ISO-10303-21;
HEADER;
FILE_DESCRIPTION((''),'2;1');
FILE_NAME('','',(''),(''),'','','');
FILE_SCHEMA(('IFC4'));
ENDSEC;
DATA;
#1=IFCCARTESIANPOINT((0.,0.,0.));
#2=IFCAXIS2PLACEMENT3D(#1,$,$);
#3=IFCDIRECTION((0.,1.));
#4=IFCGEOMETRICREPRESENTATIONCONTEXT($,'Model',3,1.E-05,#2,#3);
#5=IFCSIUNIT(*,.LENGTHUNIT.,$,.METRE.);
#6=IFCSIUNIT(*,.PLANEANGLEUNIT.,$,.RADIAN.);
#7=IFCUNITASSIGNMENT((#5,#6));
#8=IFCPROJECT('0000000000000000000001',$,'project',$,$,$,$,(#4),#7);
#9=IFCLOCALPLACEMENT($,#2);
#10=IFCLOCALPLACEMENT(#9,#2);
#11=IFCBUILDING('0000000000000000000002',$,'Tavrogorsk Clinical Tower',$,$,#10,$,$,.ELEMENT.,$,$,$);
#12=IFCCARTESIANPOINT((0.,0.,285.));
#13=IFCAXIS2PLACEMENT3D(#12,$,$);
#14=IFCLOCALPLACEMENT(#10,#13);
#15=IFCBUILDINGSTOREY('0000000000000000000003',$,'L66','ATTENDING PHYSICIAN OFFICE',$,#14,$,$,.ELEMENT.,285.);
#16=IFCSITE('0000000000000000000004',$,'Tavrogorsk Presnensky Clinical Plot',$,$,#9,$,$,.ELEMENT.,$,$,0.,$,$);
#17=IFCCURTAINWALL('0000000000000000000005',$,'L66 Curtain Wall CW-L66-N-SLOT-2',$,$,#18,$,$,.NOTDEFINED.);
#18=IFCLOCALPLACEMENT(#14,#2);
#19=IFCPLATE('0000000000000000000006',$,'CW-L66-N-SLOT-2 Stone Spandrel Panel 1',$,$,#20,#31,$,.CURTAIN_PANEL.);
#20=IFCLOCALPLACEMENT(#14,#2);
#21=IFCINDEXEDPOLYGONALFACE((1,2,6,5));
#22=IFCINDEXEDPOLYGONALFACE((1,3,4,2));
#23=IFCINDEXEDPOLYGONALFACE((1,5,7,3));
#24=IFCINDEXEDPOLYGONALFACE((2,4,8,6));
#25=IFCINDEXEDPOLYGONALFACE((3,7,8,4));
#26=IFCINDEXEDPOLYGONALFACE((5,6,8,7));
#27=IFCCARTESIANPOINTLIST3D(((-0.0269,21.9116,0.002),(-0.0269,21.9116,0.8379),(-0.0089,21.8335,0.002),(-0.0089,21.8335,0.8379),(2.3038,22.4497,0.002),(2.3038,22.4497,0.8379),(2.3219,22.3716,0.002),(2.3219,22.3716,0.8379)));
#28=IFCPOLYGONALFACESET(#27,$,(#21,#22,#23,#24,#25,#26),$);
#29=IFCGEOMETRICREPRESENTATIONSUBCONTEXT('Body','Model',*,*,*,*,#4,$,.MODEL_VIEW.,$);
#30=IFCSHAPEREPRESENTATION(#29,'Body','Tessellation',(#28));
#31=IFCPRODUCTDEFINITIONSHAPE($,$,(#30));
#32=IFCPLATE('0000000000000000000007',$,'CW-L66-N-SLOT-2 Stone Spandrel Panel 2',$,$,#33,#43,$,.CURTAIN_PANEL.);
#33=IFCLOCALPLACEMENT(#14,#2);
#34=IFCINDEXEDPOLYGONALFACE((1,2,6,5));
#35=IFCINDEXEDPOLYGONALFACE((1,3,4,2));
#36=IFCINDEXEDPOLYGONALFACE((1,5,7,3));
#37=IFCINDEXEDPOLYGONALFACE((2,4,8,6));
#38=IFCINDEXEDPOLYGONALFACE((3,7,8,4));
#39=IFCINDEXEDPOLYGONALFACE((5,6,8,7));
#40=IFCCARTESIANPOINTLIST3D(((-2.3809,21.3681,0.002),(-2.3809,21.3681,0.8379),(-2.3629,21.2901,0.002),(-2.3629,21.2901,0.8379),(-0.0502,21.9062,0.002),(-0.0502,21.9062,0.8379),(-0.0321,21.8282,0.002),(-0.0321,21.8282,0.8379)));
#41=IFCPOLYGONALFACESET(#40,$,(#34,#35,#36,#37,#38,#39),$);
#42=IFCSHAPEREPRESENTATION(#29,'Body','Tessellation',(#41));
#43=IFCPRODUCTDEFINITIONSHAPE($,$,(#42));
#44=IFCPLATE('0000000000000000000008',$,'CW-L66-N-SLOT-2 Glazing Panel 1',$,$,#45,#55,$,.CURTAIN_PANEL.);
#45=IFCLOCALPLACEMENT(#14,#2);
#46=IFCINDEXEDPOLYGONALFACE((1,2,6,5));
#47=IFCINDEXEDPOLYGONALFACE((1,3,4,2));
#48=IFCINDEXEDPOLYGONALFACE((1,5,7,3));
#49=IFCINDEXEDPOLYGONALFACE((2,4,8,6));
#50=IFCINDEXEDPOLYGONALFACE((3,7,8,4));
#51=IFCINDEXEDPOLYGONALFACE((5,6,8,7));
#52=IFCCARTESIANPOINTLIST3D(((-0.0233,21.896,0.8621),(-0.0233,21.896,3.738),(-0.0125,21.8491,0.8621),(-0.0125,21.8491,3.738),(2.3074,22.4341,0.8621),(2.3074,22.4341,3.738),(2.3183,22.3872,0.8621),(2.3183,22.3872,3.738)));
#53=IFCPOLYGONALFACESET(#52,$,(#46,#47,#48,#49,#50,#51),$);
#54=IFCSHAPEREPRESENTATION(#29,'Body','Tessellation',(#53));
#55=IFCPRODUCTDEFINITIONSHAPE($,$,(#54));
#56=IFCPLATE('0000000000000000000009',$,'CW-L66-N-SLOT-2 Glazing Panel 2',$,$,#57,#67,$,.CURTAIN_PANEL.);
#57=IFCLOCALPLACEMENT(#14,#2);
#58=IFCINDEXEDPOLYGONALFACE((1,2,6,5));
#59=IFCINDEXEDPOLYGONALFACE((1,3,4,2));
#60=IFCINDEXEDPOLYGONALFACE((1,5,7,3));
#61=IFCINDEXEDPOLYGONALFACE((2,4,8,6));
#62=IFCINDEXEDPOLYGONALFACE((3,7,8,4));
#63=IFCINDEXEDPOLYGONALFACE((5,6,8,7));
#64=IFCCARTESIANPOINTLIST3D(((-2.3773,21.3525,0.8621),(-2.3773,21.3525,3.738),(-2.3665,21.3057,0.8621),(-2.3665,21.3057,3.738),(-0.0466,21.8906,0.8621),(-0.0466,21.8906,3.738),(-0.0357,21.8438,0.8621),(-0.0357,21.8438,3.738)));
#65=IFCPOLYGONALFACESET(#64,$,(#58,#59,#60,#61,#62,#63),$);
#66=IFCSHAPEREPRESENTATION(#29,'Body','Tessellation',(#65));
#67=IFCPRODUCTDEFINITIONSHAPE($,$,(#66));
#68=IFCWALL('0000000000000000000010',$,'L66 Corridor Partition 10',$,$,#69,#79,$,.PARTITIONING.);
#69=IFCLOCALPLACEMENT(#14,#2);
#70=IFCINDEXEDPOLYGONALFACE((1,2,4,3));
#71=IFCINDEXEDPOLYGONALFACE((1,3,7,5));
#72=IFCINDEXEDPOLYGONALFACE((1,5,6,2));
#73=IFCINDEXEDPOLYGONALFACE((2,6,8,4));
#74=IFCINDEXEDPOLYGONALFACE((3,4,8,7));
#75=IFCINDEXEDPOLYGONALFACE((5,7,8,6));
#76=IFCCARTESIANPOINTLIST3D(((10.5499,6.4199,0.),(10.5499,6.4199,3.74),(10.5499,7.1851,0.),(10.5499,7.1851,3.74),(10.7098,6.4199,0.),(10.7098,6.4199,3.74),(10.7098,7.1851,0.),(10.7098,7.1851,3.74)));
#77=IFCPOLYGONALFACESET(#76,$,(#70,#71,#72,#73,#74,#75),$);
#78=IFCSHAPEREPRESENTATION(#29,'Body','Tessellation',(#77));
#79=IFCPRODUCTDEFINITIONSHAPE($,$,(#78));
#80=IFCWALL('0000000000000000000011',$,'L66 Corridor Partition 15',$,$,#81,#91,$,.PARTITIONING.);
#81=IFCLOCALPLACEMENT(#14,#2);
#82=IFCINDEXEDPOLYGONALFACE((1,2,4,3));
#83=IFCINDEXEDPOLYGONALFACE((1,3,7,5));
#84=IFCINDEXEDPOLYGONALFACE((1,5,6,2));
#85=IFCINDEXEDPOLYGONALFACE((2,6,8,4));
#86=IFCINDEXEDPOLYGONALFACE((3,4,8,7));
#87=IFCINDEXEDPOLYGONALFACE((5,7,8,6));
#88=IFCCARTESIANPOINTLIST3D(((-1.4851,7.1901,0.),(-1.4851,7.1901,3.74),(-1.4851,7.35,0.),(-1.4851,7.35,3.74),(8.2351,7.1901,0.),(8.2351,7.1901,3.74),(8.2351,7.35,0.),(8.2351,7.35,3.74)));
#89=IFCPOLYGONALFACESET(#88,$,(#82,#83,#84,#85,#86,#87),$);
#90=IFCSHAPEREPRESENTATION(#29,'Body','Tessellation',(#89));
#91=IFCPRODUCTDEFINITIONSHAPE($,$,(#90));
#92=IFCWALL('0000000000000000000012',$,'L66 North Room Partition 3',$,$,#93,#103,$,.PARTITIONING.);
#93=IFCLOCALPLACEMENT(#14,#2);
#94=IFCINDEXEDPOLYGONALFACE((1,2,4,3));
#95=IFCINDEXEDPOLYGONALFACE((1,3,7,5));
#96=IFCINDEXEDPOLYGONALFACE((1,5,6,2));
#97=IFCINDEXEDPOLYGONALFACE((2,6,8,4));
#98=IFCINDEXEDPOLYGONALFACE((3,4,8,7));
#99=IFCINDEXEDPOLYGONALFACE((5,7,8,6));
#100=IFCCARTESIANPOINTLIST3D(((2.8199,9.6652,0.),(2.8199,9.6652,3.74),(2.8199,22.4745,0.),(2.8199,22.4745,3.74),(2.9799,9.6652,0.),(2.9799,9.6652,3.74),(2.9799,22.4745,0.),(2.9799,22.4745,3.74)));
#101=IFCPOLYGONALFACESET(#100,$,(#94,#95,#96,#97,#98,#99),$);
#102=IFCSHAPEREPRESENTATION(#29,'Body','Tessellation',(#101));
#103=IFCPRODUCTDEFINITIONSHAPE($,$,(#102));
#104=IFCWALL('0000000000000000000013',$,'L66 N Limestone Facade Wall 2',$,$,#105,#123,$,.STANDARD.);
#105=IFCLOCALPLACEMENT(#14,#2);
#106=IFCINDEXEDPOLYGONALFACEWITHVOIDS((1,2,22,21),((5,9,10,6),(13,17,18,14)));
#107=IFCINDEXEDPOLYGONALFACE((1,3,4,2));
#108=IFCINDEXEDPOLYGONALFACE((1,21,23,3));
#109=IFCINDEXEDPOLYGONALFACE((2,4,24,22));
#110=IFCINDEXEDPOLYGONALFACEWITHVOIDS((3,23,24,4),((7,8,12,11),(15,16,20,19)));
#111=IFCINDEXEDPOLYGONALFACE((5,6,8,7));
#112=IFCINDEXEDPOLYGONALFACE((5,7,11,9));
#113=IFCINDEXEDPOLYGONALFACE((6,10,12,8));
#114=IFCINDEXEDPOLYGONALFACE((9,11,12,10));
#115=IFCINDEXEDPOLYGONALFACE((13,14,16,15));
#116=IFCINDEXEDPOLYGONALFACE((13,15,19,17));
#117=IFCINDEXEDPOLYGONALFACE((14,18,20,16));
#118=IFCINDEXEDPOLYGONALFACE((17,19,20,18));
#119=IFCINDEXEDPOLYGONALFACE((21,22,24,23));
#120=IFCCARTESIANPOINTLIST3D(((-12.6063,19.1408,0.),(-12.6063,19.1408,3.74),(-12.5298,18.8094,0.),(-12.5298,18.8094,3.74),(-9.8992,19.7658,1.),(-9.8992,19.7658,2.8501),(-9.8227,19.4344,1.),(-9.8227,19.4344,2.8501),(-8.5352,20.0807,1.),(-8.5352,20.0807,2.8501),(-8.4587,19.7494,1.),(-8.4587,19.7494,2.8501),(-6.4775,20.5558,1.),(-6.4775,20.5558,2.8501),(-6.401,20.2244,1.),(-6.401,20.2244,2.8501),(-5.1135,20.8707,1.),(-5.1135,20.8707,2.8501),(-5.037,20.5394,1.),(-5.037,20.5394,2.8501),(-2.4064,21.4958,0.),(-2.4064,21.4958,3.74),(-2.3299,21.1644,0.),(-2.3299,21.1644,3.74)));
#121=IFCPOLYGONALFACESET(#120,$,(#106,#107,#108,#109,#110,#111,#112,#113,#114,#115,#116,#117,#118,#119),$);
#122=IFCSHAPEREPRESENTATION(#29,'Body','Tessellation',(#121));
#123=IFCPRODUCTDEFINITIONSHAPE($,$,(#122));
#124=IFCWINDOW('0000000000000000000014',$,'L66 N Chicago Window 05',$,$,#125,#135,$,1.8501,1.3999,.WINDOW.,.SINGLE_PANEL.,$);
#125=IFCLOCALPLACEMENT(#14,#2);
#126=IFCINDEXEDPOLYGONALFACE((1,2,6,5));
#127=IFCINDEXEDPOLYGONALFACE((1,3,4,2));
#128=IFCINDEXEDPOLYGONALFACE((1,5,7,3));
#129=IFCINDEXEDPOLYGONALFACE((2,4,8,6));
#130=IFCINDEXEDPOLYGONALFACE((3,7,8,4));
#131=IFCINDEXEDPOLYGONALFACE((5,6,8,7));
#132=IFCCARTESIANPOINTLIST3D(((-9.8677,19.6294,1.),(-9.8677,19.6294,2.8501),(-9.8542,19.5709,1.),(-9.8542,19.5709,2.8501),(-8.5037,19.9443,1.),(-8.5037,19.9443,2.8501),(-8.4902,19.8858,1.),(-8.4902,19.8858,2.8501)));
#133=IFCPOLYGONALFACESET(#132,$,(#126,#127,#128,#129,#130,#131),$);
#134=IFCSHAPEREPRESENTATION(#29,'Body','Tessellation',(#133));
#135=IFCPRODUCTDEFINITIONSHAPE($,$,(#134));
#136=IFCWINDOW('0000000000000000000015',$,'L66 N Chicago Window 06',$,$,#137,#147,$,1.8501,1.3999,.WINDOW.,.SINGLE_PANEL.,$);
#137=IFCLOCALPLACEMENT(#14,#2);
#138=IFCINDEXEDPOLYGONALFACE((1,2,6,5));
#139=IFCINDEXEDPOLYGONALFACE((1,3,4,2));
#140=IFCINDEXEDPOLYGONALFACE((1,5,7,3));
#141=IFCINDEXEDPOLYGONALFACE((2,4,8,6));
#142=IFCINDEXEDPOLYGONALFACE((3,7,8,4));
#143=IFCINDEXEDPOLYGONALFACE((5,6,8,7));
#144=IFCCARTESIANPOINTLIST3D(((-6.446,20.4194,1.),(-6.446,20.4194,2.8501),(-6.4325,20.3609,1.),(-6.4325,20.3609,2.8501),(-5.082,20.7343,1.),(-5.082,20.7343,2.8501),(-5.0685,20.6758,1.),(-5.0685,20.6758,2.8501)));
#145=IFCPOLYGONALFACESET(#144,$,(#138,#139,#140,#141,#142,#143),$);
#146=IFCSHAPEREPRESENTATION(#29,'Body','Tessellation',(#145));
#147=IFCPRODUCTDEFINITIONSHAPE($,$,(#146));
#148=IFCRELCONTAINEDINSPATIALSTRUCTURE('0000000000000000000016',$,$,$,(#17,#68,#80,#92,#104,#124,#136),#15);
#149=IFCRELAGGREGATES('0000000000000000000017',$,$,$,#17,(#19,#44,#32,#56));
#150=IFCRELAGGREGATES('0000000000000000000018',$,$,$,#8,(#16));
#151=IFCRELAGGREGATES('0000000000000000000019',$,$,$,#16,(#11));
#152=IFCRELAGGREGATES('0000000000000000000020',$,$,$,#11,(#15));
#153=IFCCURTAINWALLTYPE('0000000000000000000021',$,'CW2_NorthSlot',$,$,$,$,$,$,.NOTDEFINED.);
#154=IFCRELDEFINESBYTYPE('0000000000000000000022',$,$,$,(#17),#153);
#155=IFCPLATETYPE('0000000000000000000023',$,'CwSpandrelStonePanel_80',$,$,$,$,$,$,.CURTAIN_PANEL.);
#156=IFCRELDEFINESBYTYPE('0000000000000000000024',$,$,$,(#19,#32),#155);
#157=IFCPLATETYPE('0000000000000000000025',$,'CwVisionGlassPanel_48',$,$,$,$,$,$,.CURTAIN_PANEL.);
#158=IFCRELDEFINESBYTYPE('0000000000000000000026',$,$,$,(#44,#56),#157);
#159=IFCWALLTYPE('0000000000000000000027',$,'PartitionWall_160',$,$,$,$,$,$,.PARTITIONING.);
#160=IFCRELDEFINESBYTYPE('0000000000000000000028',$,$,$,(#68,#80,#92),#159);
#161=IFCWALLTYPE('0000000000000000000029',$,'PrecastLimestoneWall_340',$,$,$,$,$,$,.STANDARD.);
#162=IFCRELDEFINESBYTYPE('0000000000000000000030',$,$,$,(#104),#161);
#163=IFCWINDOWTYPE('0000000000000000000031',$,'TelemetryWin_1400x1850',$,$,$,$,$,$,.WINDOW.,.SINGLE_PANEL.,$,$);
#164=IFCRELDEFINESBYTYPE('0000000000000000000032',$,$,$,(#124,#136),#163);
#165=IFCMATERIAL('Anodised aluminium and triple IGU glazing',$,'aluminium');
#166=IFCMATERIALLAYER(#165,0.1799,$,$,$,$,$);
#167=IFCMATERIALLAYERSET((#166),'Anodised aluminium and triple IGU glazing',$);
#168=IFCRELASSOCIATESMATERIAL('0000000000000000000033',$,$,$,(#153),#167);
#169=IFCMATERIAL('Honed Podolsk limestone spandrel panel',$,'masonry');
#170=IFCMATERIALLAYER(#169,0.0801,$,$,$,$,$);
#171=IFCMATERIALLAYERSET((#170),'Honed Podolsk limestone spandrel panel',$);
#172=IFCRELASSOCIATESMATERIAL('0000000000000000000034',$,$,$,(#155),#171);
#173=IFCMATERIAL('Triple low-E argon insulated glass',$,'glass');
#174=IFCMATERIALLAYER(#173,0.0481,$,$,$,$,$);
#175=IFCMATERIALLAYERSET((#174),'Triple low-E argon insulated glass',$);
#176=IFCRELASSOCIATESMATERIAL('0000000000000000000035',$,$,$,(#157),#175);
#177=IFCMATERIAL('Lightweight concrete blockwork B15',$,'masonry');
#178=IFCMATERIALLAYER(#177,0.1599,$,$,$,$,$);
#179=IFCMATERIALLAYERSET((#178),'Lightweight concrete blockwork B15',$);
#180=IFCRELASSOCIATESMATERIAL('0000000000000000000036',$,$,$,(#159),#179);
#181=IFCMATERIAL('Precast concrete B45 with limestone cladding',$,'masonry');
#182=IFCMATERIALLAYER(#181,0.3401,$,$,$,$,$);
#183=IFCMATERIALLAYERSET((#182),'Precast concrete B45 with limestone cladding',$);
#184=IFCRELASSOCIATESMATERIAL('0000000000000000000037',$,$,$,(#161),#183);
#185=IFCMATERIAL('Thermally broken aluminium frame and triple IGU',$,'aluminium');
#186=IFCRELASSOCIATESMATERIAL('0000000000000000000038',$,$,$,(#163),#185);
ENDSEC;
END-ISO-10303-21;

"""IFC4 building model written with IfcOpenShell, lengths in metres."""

from ifc_helpers import new_model, si_unit, direction, frame, frame_2d, origin, origin_2d, place, context, subcontext, project, spatial, rectangle, extrude, material, layer, layer_set, type_object, element, fill, aggregate, save


model = new_model("IFC4")

# Units and contexts
model_context = context("Model", 3, precision=1e-05, world=origin(), true_north=direction((0.0, 1.0)))
body_context = subcontext(model_context, "Body", "Model", "MODEL_VIEW")
ifc_project = project(units=[si_unit("LENGTHUNIT", "METRE"), si_unit("PLANEANGLEUNIT", "RADIAN")], contexts=[model_context])

# Site, building, storey
site_placement = place(None, origin())
site = spatial("IfcSite", under=ifc_project, at=site_placement, Name="Tavrogorsk Presnensky Clinical Plot", CompositionType="ELEMENT", RefElevation=0.0)
building_placement = place(site_placement, origin())
building = spatial("IfcBuilding", under=site, at=building_placement, Name="Tavrogorsk Clinical Tower", CompositionType="ELEMENT")
storey_placement = place(building_placement, frame((0.0, 0.0, 285.0)))
storey = spatial("IfcBuildingStorey", under=building, at=storey_placement, Name="L66", Description="ATTENDING PHYSICIAN OFFICE", CompositionType="ELEMENT", Elevation=285.0)

# Curtain wall
ifc_material_1 = material(Name="Anodised aluminium and triple IGU glazing", Category="aluminium")
ifc_layer_1 = layer(ifc_material_1, 0.1799)
ifc_layer_set_1 = layer_set([ifc_layer_1], Name="Anodised aluminium and triple IGU glazing")
curtain_wall_type = type_object("IfcCurtainWallType", Name="CW2_NorthSlot", PredefinedType="NOTDEFINED", material=ifc_layer_set_1)
curtain_wall_placement = place(storey_placement, origin())
curtain_wall = element("IfcCurtainWall", 1, at=curtain_wall_placement, inside=storey, type_object=curtain_wall_type, Name="L66 Curtain Wall CW-L66-N-SLOT-2", PredefinedType="NOTDEFINED")

# Plates
ifc_material_2 = material(Name="Honed Podolsk limestone spandrel panel", Category="masonry")
ifc_layer_2 = layer(ifc_material_2, 0.0801)
ifc_layer_set_2 = layer_set([ifc_layer_2], Name="Honed Podolsk limestone spandrel panel")
plate_type_1 = type_object("IfcPlateType", Name="CwSpandrelStonePanel_80", PredefinedType="CURTAIN_PANEL", material=ifc_layer_set_2)
plate_1_placement = place(storey_placement, frame((1.1475, 22.1416, 0.002), z_axis=(0.0, 0.0, 1.0), x_axis=(-0.97437, -0.224951, 0.0)))
plate_1 = element("IfcPlate", 2, at=plate_1_placement, type_object=plate_type_1, Name="CW-L66-N-SLOT-2 Stone Spandrel Panel 1", PredefinedType="CURTAIN_PANEL", context=body_context, shape_type="SweptSolid", body=[
    extrude(rectangle(XDim=2.3921, YDim=0.0801, at=origin_2d()), origin(), (0.0, 0.0, 1.0), 0.8359),
])
plate_2_placement = place(storey_placement, frame((-1.2065, 21.5981, 0.002), z_axis=(0.0, 0.0, 1.0), x_axis=(-0.97437, -0.224951, 0.0)))
plate_2 = element("IfcPlate", 3, at=plate_2_placement, type_object=plate_type_1, Name="CW-L66-N-SLOT-2 Stone Spandrel Panel 2", PredefinedType="CURTAIN_PANEL", context=body_context, shape_type="SweptSolid", body=[
    extrude(rectangle(XDim=2.3921, YDim=0.0801, at=origin_2d()), origin(), (0.0, 0.0, 1.0), 0.8359),
])
ifc_material_3 = material(Name="Triple low-E argon insulated glass", Category="glass")
ifc_layer_3 = layer(ifc_material_3, 0.0481)
ifc_layer_set_3 = layer_set([ifc_layer_3], Name="Triple low-E argon insulated glass")
plate_type_2 = type_object("IfcPlateType", Name="CwVisionGlassPanel_48", PredefinedType="CURTAIN_PANEL", material=ifc_layer_set_3)
plate_3_placement = place(storey_placement, frame((1.1475, 22.1416, 0.8621), z_axis=(0.0, 0.0, 1.0), x_axis=(-0.97437, -0.224951, 0.0)))
plate_3 = element("IfcPlate", 4, at=plate_3_placement, type_object=plate_type_2, Name="CW-L66-N-SLOT-2 Glazing Panel 1", PredefinedType="CURTAIN_PANEL", context=body_context, shape_type="SweptSolid", body=[
    extrude(rectangle(XDim=2.3921, YDim=0.0481, at=origin_2d()), origin(), (0.0, 0.0, 1.0), 2.876),
])
plate_4_placement = place(storey_placement, frame((-1.2065, 21.5981, 0.8621), z_axis=(0.0, 0.0, 1.0), x_axis=(-0.97437, -0.224951, 0.0)))
plate_4 = element("IfcPlate", 5, at=plate_4_placement, type_object=plate_type_2, Name="CW-L66-N-SLOT-2 Glazing Panel 2", PredefinedType="CURTAIN_PANEL", context=body_context, shape_type="SweptSolid", body=[
    extrude(rectangle(XDim=2.3921, YDim=0.0481, at=origin_2d()), origin(), (0.0, 0.0, 1.0), 2.876),
])
aggregate(curtain_wall, [plate_1, plate_3, plate_2, plate_4])

# Walls
ifc_material_4 = material(Name="Lightweight concrete blockwork B15", Category="masonry")
ifc_layer_4 = layer(ifc_material_4, 0.1599)
ifc_layer_set_4 = layer_set([ifc_layer_4], Name="Lightweight concrete blockwork B15")
wall_type_1 = type_object("IfcWallType", Name="PartitionWall_160", PredefinedType="PARTITIONING", material=ifc_layer_set_4)
wall_1_placement = place(storey_placement, frame((10.6299, 7.1851, 0.0), z_axis=(0.0, 0.0, 1.0), x_axis=(0.0, -1.0, 0.0)))
element("IfcWall", 6, at=wall_1_placement, inside=storey, type_object=wall_type_1, Name="L66 Corridor Partition 10", PredefinedType="PARTITIONING", context=body_context, shape_type="SweptSolid", body=[
    extrude(rectangle(XDim=0.7651, YDim=0.1599, at=frame_2d((0.3826, 0.0))), origin(), (0.0, 0.0, 1.0), 3.74),
])
wall_2_placement = place(storey_placement, frame((8.2351, 7.27, 0.0), z_axis=(0.0, 0.0, 1.0), x_axis=(-1.0, 0.0, 0.0)))
element("IfcWall", 7, at=wall_2_placement, inside=storey, type_object=wall_type_1, Name="L66 Corridor Partition 15", PredefinedType="PARTITIONING", context=body_context, shape_type="SweptSolid", body=[
    extrude(rectangle(XDim=9.7202, YDim=0.1599, at=frame_2d((4.8601, 0.0))), origin(), (0.0, 0.0, 1.0), 3.74),
])
wall_3_placement = place(storey_placement, frame((2.8999, 9.665, 0.0), z_axis=(0.0, 0.0, 1.0), x_axis=(0.0, 1.0, 0.0)))
element("IfcWall", 8, at=wall_3_placement, inside=storey, type_object=wall_type_1, Name="L66 North Room Partition 3", PredefinedType="PARTITIONING", context=body_context, shape_type="SweptSolid", body=[
    extrude(rectangle(XDim=12.8093, YDim=0.1599, at=frame_2d((6.4048, 0.0))), origin(), (0.0, 0.0, 1.0), 3.74),
])

# Wall, openings, windows
ifc_material_5 = material(Name="Precast concrete B45 with limestone cladding", Category="masonry")
ifc_layer_5 = layer(ifc_material_5, 0.3401)
ifc_layer_set_5 = layer_set([ifc_layer_5], Name="Precast concrete B45 with limestone cladding")
wall_type_2 = type_object("IfcWallType", Name="PrecastLimestoneWall_340", PredefinedType="STANDARD", material=ifc_layer_set_5)
wall_4_placement = place(storey_placement, frame((-2.3682, 21.3301, 0.0), z_axis=(0.0, 0.0, 1.0), x_axis=(-0.974367, -0.224963, 0.0)))
wall_4 = element("IfcWall", 9, at=wall_4_placement, inside=storey, type_object=wall_type_2, Name="L66 N Limestone Facade Wall 2", PredefinedType="STANDARD", context=body_context, shape_type="SweptSolid", body=[
    extrude(rectangle(XDim=10.4683, YDim=0.3401, at=frame_2d((5.2341, 0.0))), origin(), (0.0, 0.0, 1.0), 3.74),
])
opening_1_placement = place(wall_4_placement, frame((6.29, 0.0, 1.0)))
opening_1 = element("IfcOpeningElement", 10, at=opening_1_placement, cuts=wall_4, PredefinedType="OPENING", context=body_context, shape_type="SweptSolid", body=[
    extrude(rectangle(XDim=1.3999, YDim=1.8501, at=frame_2d((0.7, 0.925))), frame((0.0, 0.1799, 0.0), z_axis=(0.0, -1.0, 0.0), x_axis=(1.0, 0.0, 0.0)), (0.0, 0.0, 1.0), 0.3601),
])
opening_2_placement = place(wall_4_placement, frame((2.7783, 0.0, 1.0)))
opening_2 = element("IfcOpeningElement", 11, at=opening_2_placement, cuts=wall_4, PredefinedType="OPENING", context=body_context, shape_type="SweptSolid", body=[
    extrude(rectangle(XDim=1.3999, YDim=1.8501, at=frame_2d((0.7, 0.925))), frame((0.0, 0.1799, 0.0), z_axis=(0.0, -1.0, 0.0), x_axis=(1.0, 0.0, 0.0)), (0.0, 0.0, 1.0), 0.3601),
])
ifc_material_6 = material(Name="Thermally broken aluminium frame and triple IGU", Category="aluminium")
window_type = type_object("IfcWindowType", Name="TelemetryWin_1400x1850", PartitioningType="SINGLE_PANEL", PredefinedType="WINDOW", material=ifc_material_6)
window_1_placement = place(opening_1_placement, origin())
window_1 = element("IfcWindow", 12, at=window_1_placement, inside=storey, type_object=window_type, Name="L66 N Chicago Window 05", OverallHeight=1.8501, OverallWidth=1.3999, PartitioningType="SINGLE_PANEL", PredefinedType="WINDOW", context=body_context, shape_type="SweptSolid", body=[
    extrude(rectangle(XDim=1.3999, YDim=1.8501, at=frame_2d((0.7, 0.925))), frame((0.0, 0.03, 0.0), z_axis=(0.0, -1.0, 0.0), x_axis=(1.0, 0.0, 0.0)), (0.0, 0.0, 1.0), 0.0601),
])
fill(opening_1, window_1)
window_2_placement = place(opening_2_placement, origin())
window_2 = element("IfcWindow", 13, at=window_2_placement, inside=storey, type_object=window_type, Name="L66 N Chicago Window 06", OverallHeight=1.8501, OverallWidth=1.3999, PartitioningType="SINGLE_PANEL", PredefinedType="WINDOW", context=body_context, shape_type="SweptSolid", body=[
    extrude(rectangle(XDim=1.3999, YDim=1.8501, at=frame_2d((0.7, 0.925))), frame((0.0, 0.03, 0.0), z_axis=(0.0, -1.0, 0.0), x_axis=(1.0, 0.0, 0.0)), (0.0, 0.0, 1.0), 0.0601),
])
fill(opening_2, window_2)

save(model, "model.ifc")
